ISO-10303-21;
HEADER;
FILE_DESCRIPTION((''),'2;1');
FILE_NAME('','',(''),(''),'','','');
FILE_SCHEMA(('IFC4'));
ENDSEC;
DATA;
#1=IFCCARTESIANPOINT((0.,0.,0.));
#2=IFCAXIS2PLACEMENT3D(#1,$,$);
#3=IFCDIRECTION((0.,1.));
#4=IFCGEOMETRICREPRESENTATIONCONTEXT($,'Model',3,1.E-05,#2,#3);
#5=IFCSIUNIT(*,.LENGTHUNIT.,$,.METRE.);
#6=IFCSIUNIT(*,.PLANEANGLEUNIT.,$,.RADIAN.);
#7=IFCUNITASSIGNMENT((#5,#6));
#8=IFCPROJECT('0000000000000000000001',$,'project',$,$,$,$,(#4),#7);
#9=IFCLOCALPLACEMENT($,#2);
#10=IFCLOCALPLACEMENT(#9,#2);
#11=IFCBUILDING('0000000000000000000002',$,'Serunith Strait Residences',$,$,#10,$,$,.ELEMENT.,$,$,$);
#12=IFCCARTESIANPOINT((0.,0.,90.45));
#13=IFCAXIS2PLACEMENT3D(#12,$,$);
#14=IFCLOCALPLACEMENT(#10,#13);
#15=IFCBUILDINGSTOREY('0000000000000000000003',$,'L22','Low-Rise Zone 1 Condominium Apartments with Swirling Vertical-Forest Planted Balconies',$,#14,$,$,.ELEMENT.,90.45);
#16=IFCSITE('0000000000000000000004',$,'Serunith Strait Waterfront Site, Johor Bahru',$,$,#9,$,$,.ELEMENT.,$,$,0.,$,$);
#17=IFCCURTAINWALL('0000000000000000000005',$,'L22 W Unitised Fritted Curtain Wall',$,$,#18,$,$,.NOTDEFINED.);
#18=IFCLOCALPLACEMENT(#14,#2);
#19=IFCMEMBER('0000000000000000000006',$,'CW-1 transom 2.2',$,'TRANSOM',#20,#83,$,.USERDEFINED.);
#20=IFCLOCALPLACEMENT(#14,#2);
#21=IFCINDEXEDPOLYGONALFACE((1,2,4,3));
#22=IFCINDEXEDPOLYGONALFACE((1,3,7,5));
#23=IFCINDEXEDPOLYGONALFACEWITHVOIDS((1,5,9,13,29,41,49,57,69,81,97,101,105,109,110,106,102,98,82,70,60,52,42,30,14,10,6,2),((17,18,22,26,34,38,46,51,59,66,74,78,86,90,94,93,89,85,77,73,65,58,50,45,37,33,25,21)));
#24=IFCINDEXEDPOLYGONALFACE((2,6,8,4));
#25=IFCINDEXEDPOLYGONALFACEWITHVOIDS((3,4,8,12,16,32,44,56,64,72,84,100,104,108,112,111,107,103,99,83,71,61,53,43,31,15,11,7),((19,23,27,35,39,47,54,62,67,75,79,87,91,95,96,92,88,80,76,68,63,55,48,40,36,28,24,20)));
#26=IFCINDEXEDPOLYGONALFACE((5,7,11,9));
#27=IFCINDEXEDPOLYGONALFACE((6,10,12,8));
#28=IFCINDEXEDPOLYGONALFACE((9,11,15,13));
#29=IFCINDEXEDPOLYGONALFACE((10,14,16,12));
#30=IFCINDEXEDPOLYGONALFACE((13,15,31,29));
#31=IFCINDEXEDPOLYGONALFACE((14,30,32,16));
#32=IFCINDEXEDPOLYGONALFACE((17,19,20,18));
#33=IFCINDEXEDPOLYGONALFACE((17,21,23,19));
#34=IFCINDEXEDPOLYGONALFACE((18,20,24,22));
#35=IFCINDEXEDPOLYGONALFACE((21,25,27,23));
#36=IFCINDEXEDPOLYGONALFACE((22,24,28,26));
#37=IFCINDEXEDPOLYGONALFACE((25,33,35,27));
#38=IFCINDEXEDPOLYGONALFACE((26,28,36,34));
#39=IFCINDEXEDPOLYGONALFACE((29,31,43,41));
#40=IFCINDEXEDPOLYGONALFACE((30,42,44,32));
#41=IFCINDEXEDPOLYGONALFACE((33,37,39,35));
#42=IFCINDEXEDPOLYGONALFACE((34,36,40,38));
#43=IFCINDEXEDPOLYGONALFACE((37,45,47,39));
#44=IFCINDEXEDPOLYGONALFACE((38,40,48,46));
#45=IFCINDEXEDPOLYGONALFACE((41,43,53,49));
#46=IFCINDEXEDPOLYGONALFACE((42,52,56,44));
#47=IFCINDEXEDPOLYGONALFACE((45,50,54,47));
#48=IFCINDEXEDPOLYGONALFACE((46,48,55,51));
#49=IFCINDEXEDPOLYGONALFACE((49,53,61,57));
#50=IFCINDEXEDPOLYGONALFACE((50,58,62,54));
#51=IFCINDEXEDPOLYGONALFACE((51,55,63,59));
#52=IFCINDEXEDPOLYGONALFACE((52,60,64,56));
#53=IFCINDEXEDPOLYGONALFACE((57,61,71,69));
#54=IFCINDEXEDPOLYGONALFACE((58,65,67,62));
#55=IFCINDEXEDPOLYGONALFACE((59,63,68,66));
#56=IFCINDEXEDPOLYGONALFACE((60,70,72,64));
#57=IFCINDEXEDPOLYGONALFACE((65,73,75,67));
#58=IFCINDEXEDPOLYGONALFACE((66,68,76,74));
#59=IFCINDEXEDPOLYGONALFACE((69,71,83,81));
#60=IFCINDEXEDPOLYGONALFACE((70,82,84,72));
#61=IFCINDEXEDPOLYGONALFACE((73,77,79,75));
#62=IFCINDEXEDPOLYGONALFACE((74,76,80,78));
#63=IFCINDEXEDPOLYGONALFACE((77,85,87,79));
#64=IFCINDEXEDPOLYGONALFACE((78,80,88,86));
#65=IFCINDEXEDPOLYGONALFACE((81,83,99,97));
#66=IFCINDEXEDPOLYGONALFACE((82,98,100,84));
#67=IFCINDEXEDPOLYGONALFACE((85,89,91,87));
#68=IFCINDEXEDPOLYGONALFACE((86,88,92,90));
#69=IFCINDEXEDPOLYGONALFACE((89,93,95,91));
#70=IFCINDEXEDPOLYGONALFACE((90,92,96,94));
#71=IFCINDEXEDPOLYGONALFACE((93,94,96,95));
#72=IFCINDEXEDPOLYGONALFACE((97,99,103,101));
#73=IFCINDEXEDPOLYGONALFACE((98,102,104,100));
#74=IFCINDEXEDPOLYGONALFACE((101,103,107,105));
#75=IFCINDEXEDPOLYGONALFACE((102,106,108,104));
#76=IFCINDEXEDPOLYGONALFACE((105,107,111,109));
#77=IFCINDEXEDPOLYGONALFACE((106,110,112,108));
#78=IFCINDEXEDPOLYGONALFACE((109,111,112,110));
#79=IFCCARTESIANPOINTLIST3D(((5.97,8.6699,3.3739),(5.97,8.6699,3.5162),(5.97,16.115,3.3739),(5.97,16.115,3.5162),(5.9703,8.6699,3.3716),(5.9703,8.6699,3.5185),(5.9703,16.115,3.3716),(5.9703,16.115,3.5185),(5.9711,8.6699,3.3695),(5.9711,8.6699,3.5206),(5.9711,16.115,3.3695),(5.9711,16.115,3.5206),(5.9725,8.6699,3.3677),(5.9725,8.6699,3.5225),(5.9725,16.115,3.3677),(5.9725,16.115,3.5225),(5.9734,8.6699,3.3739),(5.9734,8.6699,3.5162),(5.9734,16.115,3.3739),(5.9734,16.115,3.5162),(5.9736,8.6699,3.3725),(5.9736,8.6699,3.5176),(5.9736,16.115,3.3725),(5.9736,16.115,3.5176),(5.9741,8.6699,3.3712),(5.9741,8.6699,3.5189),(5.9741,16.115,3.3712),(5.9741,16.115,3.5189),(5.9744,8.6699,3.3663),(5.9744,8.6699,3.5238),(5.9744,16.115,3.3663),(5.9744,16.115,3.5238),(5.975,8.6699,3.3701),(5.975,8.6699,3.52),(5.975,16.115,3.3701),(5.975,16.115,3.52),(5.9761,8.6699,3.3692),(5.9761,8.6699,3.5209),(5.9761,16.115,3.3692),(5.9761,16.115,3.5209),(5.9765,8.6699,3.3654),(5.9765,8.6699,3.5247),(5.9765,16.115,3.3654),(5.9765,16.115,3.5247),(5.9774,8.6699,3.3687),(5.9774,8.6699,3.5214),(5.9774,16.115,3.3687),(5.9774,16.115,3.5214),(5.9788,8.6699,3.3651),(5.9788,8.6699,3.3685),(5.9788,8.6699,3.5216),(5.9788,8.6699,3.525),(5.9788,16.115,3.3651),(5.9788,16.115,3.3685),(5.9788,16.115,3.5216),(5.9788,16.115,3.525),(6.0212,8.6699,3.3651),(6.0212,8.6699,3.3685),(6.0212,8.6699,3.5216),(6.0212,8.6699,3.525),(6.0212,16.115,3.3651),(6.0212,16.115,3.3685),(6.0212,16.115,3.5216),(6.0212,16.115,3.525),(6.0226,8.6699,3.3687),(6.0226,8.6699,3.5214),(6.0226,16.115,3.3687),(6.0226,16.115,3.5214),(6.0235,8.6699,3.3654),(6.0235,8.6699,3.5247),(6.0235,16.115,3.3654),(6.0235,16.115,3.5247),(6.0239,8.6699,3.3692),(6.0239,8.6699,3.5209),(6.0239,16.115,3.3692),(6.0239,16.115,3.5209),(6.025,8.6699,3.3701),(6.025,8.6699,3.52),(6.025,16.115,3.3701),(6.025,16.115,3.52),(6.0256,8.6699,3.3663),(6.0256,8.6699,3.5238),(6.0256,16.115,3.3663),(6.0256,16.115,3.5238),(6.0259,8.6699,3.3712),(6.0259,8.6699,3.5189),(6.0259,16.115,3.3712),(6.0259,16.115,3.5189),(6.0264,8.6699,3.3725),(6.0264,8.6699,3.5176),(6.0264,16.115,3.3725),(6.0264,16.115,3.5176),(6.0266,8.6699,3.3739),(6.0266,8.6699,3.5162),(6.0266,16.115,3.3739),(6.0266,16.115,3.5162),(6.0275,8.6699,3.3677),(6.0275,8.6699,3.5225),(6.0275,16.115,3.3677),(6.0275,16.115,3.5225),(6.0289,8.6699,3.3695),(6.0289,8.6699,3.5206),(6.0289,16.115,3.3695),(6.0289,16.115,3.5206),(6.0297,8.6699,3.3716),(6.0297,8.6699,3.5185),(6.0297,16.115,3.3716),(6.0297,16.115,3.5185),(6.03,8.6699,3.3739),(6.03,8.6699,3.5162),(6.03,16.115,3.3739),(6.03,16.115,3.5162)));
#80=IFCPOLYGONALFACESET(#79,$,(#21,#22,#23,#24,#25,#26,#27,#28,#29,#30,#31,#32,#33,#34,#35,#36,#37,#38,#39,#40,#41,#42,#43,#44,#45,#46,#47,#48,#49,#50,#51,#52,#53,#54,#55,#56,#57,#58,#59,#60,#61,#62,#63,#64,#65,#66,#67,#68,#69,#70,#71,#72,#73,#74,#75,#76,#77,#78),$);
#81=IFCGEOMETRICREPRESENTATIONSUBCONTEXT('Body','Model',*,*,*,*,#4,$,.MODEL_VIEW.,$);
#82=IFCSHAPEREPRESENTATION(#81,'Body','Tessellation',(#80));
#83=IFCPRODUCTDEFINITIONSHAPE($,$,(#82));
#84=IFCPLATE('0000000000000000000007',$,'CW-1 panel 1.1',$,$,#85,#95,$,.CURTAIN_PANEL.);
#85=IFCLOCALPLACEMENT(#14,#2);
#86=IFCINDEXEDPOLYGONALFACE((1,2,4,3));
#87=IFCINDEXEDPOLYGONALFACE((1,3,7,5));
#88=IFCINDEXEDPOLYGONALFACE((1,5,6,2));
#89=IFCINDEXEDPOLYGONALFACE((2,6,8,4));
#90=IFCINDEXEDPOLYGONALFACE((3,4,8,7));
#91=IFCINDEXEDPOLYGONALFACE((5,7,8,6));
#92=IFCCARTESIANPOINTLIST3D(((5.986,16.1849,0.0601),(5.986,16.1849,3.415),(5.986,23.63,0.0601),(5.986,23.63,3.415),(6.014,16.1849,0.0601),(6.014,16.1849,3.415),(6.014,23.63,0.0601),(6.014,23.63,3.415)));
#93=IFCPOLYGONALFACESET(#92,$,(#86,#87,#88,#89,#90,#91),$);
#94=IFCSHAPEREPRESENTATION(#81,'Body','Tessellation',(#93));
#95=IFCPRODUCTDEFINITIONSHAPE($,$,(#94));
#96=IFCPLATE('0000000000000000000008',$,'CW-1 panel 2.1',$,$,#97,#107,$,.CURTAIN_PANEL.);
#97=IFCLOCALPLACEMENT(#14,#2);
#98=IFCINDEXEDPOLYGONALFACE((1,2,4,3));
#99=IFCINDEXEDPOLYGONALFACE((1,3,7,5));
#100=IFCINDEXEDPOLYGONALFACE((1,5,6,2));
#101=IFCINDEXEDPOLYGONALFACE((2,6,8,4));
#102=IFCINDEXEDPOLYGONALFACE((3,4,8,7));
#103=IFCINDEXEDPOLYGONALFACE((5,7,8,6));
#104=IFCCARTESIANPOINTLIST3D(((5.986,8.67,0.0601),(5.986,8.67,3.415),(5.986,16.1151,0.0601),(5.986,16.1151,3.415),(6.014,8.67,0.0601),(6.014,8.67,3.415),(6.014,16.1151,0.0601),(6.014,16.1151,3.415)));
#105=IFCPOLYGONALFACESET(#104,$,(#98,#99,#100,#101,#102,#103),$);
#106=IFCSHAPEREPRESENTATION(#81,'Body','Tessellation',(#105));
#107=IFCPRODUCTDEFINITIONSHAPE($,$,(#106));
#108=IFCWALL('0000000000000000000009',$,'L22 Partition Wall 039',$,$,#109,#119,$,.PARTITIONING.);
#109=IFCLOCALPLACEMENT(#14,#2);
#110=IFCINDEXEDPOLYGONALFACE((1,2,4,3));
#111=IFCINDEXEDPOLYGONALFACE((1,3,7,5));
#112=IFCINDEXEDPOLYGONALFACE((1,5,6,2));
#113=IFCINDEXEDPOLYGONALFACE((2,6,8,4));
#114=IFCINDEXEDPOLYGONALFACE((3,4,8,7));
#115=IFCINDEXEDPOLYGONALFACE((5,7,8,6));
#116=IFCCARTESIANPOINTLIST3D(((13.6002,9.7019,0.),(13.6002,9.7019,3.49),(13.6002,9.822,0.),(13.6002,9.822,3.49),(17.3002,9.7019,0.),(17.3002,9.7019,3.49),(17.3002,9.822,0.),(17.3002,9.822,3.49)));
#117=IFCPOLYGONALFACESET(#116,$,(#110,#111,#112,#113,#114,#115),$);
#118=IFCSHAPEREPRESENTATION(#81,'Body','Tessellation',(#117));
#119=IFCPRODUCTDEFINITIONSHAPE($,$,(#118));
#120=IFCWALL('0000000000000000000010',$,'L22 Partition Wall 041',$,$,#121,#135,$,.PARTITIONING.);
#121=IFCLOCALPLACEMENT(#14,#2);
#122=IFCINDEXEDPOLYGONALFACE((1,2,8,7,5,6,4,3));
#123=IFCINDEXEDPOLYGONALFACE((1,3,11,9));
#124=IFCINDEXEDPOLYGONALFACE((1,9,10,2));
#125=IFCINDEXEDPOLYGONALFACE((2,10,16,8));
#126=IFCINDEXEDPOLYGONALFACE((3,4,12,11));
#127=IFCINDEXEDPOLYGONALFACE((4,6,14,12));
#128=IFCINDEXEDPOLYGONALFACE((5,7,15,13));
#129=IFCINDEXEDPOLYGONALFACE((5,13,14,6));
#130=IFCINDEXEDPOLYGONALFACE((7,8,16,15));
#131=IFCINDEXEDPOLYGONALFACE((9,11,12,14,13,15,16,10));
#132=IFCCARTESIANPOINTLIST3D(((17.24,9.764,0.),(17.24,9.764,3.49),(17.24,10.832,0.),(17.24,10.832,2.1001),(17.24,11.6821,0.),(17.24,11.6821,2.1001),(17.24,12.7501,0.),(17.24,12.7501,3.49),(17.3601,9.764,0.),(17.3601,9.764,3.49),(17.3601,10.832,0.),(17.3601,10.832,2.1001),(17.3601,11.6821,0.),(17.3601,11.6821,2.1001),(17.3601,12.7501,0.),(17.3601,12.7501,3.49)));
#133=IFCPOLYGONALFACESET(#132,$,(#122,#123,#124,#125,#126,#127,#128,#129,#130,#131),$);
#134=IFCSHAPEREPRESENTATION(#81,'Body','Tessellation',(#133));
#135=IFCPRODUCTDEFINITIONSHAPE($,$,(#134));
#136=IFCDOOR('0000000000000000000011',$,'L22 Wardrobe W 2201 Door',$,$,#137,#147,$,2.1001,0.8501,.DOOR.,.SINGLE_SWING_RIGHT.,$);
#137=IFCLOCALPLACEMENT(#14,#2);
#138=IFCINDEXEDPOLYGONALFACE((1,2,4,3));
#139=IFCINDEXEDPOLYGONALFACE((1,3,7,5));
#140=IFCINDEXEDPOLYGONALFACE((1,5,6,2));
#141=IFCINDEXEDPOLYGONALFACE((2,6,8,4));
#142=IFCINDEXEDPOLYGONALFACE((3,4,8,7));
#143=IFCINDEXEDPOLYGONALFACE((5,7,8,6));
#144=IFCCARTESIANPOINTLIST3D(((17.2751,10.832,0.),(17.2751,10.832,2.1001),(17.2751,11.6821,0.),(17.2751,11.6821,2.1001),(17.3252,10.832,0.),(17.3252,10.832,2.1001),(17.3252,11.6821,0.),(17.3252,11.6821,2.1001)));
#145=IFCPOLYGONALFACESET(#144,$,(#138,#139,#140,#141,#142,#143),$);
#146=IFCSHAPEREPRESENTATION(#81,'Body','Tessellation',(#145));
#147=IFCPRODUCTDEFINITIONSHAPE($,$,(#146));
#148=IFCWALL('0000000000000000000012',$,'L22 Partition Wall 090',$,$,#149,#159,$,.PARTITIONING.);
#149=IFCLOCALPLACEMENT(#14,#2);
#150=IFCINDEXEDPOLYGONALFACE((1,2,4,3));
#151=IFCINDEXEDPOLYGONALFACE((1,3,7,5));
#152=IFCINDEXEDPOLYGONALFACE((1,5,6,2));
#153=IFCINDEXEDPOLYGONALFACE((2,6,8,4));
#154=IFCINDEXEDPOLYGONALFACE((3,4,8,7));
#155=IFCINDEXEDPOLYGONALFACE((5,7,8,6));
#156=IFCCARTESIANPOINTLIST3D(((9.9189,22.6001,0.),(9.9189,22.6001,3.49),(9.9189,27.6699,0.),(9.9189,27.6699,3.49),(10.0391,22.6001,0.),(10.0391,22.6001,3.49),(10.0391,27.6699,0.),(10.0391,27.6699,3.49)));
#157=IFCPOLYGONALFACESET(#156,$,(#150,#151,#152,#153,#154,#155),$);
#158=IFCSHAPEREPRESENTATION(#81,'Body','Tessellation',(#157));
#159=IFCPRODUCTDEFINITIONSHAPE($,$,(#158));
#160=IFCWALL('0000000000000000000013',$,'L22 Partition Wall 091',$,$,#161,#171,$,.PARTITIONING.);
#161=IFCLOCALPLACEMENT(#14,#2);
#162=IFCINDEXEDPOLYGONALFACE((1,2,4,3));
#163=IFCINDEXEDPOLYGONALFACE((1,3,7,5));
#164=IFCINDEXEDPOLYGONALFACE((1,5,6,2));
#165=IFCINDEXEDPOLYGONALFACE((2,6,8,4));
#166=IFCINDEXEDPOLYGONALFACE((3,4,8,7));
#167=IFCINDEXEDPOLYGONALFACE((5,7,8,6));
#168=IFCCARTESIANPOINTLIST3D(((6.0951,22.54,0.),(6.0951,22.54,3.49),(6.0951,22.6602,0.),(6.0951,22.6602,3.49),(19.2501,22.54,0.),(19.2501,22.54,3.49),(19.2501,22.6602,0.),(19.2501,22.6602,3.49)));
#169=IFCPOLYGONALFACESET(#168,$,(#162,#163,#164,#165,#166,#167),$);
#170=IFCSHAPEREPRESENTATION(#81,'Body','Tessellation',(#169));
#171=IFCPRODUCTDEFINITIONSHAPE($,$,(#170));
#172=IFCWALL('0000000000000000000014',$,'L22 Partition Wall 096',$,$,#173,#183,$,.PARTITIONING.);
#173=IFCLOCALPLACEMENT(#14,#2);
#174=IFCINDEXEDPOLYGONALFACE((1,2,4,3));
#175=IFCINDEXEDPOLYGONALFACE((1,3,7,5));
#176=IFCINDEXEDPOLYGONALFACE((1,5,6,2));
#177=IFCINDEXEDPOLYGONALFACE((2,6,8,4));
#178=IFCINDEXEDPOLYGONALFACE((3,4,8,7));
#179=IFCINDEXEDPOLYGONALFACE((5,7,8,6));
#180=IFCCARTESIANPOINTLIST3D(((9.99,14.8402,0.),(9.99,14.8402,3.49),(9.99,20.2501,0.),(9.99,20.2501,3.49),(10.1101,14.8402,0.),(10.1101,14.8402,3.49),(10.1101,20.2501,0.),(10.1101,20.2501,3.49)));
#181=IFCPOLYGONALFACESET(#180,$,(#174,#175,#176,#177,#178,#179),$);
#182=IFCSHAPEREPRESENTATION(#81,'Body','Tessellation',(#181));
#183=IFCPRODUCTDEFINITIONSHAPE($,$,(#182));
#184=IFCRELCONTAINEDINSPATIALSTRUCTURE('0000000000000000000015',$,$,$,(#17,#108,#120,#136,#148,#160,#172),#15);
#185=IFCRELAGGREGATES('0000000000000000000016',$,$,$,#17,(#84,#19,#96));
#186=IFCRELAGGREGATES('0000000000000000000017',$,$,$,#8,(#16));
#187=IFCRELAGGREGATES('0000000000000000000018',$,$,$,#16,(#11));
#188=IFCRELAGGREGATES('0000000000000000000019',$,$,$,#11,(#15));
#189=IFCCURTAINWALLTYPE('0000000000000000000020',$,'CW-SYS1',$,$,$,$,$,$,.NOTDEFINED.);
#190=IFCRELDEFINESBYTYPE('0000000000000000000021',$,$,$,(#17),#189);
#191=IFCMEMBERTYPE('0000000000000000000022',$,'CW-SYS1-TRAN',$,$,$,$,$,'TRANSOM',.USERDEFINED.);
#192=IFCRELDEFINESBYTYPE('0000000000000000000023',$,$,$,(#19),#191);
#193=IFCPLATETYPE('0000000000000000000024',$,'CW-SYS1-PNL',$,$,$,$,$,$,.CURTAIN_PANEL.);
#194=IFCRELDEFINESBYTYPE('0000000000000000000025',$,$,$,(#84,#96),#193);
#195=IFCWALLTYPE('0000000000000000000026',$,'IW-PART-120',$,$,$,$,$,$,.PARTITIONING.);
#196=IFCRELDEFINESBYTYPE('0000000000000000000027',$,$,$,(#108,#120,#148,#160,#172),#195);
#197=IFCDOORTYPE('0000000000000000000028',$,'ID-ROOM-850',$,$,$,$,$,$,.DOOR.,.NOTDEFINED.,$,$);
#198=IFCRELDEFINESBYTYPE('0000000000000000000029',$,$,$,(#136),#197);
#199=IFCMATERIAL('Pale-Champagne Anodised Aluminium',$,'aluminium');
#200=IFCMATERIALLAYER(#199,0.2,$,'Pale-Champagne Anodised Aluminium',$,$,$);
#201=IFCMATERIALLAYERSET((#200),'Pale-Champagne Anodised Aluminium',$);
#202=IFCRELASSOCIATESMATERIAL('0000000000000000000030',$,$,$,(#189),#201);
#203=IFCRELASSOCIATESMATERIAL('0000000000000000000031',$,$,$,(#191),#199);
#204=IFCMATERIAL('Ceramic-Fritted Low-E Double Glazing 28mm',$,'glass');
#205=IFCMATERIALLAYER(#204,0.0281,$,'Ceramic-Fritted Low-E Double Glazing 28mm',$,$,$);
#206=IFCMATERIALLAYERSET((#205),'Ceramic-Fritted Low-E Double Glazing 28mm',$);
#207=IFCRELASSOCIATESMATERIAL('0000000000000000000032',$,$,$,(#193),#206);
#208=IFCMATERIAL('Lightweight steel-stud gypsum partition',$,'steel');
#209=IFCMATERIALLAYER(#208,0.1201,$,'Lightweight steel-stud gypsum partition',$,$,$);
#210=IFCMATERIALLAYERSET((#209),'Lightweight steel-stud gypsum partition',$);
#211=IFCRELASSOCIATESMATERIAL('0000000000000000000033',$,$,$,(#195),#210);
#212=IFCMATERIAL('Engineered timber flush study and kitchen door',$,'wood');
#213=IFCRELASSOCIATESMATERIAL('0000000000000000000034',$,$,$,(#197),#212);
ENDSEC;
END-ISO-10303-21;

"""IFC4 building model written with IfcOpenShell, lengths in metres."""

from ifc_helpers import new_model, si_unit, direction, frame, frame_2d, origin, origin_2d, place, context, subcontext, project, spatial, rectangle, hollow_rectangle, extrude, source, transform, mapped, material, layer, layer_set, material_profile, profile_set, type_object, element, fill, aggregate, save


model = new_model("IFC4")

# Units and contexts
model_context = context("Model", 3, precision=1e-05, world=origin(), true_north=direction((0.0, 1.0)))
body_context = subcontext(model_context, "Body", "Model", "MODEL_VIEW")
ifc_project = project(units=[si_unit("LENGTHUNIT", "METRE"), si_unit("PLANEANGLEUNIT", "RADIAN")], contexts=[model_context])

# Site, building, storey
site_placement = place(None, origin())
site = spatial("IfcSite", under=ifc_project, at=site_placement, Name="Serunith Strait Waterfront Site, Johor Bahru", CompositionType="ELEMENT", RefElevation=0.0)
building_placement = place(site_placement, origin())
building = spatial("IfcBuilding", under=site, at=building_placement, Name="Serunith Strait Residences", CompositionType="ELEMENT")
storey_placement = place(building_placement, frame((0.0, 0.0, 90.45)))
storey = spatial("IfcBuildingStorey", under=building, at=storey_placement, Name="L22", Description="Low-Rise Zone 1 Condominium Apartments with Swirling Vertical-Forest Planted Balconies", CompositionType="ELEMENT", Elevation=90.45)

# Curtain wall, member, plates
ifc_material_1 = material(Name="Pale-Champagne Anodised Aluminium", Category="aluminium")
ifc_layer_1 = layer(ifc_material_1, 0.2, Name="Pale-Champagne Anodised Aluminium")
ifc_layer_set_1 = layer_set([ifc_layer_1], Name="Pale-Champagne Anodised Aluminium")
curtain_wall_type = type_object("IfcCurtainWallType", Name="CW-SYS1", PredefinedType="NOTDEFINED", material=ifc_layer_set_1)
curtain_wall_placement = place(storey_placement, origin())
curtain_wall = element("IfcCurtainWall", 1, at=curtain_wall_placement, inside=storey, type_object=curtain_wall_type, Name="L22 W Unitised Fritted Curtain Wall", PredefinedType="NOTDEFINED")
ifc_material_profile_1 = material_profile(ifc_material_1, hollow_rectangle(XDim=0.0601, YDim=0.1599, WallThickness=0.0034, InnerFilletRadius=0.0054, OuterFilletRadius=0.0088, at=origin_2d()), Name="ALU 160x60x3.5")
ifc_profile_set_1 = profile_set([ifc_material_profile_1], Name="Pale-Champagne Anodised Aluminium")
member_type_1 = type_object("IfcMemberType", Name="CW-SYS1-TRAN", ElementType="TRANSOM", PredefinedType="USERDEFINED", material=ifc_profile_set_1)
shared_shape_1 = source(origin(), body_context, "Body", "SweptSolid", [
    extrude(hollow_rectangle(XDim=0.0601, YDim=0.1599, WallThickness=0.0034, InnerFilletRadius=0.0054, OuterFilletRadius=0.0088, at=origin_2d()), origin(), (0.0, 0.0, 1.0), 7.4451),
])
member_1_placement = place(storey_placement, frame((6.0, 16.115, 3.4451), z_axis=(0.0, -1.0, 0.0), x_axis=(1.0, 0.0, 0.0)))
member_1 = element("IfcMember", 2, at=member_1_placement, type_object=member_type_1, Name="CW-1 transom 2.2", ObjectType="TRANSOM", PredefinedType="USERDEFINED", context=body_context, shape_type="MappedRepresentation", body=[
    mapped(shared_shape_1, transform((0.0, 0.0, 0.0), scale=1.0)),
])
ifc_material_2 = material(Name="Ceramic-Fritted Low-E Double Glazing 28mm", Category="glass")
ifc_layer_2 = layer(ifc_material_2, 0.0281, Name="Ceramic-Fritted Low-E Double Glazing 28mm")
ifc_layer_set_2 = layer_set([ifc_layer_2], Name="Ceramic-Fritted Low-E Double Glazing 28mm")
plate_type = type_object("IfcPlateType", Name="CW-SYS1-PNL", PredefinedType="CURTAIN_PANEL", material=ifc_layer_set_2)
shared_shape_2 = source(origin(), body_context, "Body", "SweptSolid", [
    extrude(rectangle(XDim=7.4451, YDim=0.0281, at=origin_2d()), origin(), (0.0, 0.0, 1.0), 3.355),
])
plate_1_placement = place(storey_placement, frame((6.0, 19.9075, 0.0601), z_axis=(0.0, 0.0, 1.0), x_axis=(0.0, -1.0, 0.0)))
plate_1 = element("IfcPlate", 3, at=plate_1_placement, type_object=plate_type, Name="CW-1 panel 1.1", PredefinedType="CURTAIN_PANEL", context=body_context, shape_type="MappedRepresentation", body=[
    mapped(shared_shape_2, transform((0.0, 0.0, 0.0), scale=1.0)),
])
plate_2_placement = place(storey_placement, frame((6.0, 12.3926, 0.0601), z_axis=(0.0, 0.0, 1.0), x_axis=(0.0, -1.0, 0.0)))
plate_2 = element("IfcPlate", 4, at=plate_2_placement, type_object=plate_type, Name="CW-1 panel 2.1", PredefinedType="CURTAIN_PANEL", context=body_context, shape_type="MappedRepresentation", body=[
    mapped(shared_shape_2, transform((0.0, 0.0, 0.0), scale=1.0)),
])
aggregate(curtain_wall, [plate_1, member_1, plate_2])

# Wall
ifc_material_3 = material(Name="Lightweight steel-stud gypsum partition", Category="steel")
ifc_layer_3 = layer(ifc_material_3, 0.1201, Name="Lightweight steel-stud gypsum partition")
ifc_layer_set_3 = layer_set([ifc_layer_3], Name="Lightweight steel-stud gypsum partition")
wall_type_1 = type_object("IfcWallType", Name="IW-PART-120", PredefinedType="PARTITIONING", material=ifc_layer_set_3)
wall_1_placement = place(storey_placement, frame((13.6001, 9.762, 0.0), z_axis=(0.0, 0.0, 1.0), x_axis=(1.0, 0.0, 0.0)))
element("IfcWall", 5, at=wall_1_placement, inside=storey, type_object=wall_type_1, Name="L22 Partition Wall 039", PredefinedType="PARTITIONING", context=body_context, shape_type="SweptSolid", body=[
    extrude(rectangle(XDim=3.7, YDim=0.1201, at=frame_2d((1.8501, 0.0))), origin(), (0.0, 0.0, 1.0), 3.49),
])

# Wall, opening, door
wall_2_placement = place(storey_placement, frame((17.3, 9.7639, 0.0), z_axis=(0.0, 0.0, 1.0), x_axis=(0.0, 1.0, 0.0)))
wall_2 = element("IfcWall", 6, at=wall_2_placement, inside=storey, type_object=wall_type_1, Name="L22 Partition Wall 041", PredefinedType="PARTITIONING", context=body_context, shape_type="SweptSolid", body=[
    extrude(rectangle(XDim=2.9861, YDim=0.1201, at=frame_2d((1.4932, 0.0))), origin(), (0.0, 0.0, 1.0), 3.49),
])
opening_1_placement = place(wall_2_placement, frame((1.0681, 0.0, 0.0)))
opening_1 = element("IfcOpeningElement", 7, at=opening_1_placement, cuts=wall_2, PredefinedType="OPENING", context=body_context, shape_type="SweptSolid", body=[
    extrude(rectangle(XDim=0.8501, YDim=2.1001, at=frame_2d((0.425, 1.05))), frame((0.0, 0.0701, 0.0), z_axis=(0.0, -1.0, 0.0), x_axis=(1.0, 0.0, 0.0)), (0.0, 0.0, 1.0), 0.1401),
])
ifc_material_4 = material(Name="Engineered timber flush study and kitchen door", Category="wood")
door_type_1 = type_object("IfcDoorType", Name="ID-ROOM-850", OperationType="NOTDEFINED", PredefinedType="DOOR", material=ifc_material_4)
shared_shape_3 = source(origin(), body_context, "Body", "SweptSolid", [
    extrude(rectangle(XDim=0.8501, YDim=2.1001, at=frame_2d((0.425, 1.05))), frame((0.0, 0.0249, 0.0), z_axis=(0.0, -1.0, 0.0), x_axis=(1.0, 0.0, 0.0)), (0.0, 0.0, 1.0), 0.05),
])
door_1_placement = place(opening_1_placement, origin())
door_1 = element("IfcDoor", 8, at=door_1_placement, inside=storey, type_object=door_type_1, Name="L22 Wardrobe W 2201 Door", OperationType="SINGLE_SWING_RIGHT", OverallHeight=2.1001, OverallWidth=0.8501, PredefinedType="DOOR", context=body_context, shape_type="MappedRepresentation", body=[
    mapped(shared_shape_3, transform((0.0, 0.0, 0.0), scale=1.0)),
])
fill(opening_1, door_1)

# Walls
wall_3_placement = place(storey_placement, frame((9.979, 22.6001, 0.0), z_axis=(0.0, 0.0, 1.0), x_axis=(0.0, 1.0, 0.0)))
element("IfcWall", 9, at=wall_3_placement, inside=storey, type_object=wall_type_1, Name="L22 Partition Wall 090", PredefinedType="PARTITIONING", context=body_context, shape_type="SweptSolid", body=[
    extrude(rectangle(XDim=5.0698, YDim=0.1201, at=frame_2d((2.5349, 0.0))), origin(), (0.0, 0.0, 1.0), 3.49),
])
wall_4_placement = place(storey_placement, frame((6.095, 22.6001, 0.0), z_axis=(0.0, 0.0, 1.0), x_axis=(1.0, 0.0, 0.0)))
element("IfcWall", 10, at=wall_4_placement, inside=storey, type_object=wall_type_1, Name="L22 Partition Wall 091", PredefinedType="PARTITIONING", context=body_context, shape_type="SweptSolid", body=[
    extrude(rectangle(XDim=13.155, YDim=0.1201, at=frame_2d((6.5776, 0.0))), origin(), (0.0, 0.0, 1.0), 3.49),
])
for number, where, z_axis, x_axis, name in (
    (11, (10.05, 14.8401, 0.0), (0.0, 0.0, 1.0), (0.0, 1.0, 0.0), "L22 Partition Wall 096"),
):
    element("IfcWall", number, at=place(storey_placement, frame(where, z_axis=z_axis, x_axis=x_axis)), inside=storey, type_object=wall_type_1, Name=name, PredefinedType="PARTITIONING", context=body_context, shape_type="SweptSolid", body=[
        extrude(rectangle(XDim=5.4099, YDim=0.1201, at=frame_2d((2.7051, 0.0))), origin(), (0.0, 0.0, 1.0), 3.49),
    ])

save(model, "model.ifc")
